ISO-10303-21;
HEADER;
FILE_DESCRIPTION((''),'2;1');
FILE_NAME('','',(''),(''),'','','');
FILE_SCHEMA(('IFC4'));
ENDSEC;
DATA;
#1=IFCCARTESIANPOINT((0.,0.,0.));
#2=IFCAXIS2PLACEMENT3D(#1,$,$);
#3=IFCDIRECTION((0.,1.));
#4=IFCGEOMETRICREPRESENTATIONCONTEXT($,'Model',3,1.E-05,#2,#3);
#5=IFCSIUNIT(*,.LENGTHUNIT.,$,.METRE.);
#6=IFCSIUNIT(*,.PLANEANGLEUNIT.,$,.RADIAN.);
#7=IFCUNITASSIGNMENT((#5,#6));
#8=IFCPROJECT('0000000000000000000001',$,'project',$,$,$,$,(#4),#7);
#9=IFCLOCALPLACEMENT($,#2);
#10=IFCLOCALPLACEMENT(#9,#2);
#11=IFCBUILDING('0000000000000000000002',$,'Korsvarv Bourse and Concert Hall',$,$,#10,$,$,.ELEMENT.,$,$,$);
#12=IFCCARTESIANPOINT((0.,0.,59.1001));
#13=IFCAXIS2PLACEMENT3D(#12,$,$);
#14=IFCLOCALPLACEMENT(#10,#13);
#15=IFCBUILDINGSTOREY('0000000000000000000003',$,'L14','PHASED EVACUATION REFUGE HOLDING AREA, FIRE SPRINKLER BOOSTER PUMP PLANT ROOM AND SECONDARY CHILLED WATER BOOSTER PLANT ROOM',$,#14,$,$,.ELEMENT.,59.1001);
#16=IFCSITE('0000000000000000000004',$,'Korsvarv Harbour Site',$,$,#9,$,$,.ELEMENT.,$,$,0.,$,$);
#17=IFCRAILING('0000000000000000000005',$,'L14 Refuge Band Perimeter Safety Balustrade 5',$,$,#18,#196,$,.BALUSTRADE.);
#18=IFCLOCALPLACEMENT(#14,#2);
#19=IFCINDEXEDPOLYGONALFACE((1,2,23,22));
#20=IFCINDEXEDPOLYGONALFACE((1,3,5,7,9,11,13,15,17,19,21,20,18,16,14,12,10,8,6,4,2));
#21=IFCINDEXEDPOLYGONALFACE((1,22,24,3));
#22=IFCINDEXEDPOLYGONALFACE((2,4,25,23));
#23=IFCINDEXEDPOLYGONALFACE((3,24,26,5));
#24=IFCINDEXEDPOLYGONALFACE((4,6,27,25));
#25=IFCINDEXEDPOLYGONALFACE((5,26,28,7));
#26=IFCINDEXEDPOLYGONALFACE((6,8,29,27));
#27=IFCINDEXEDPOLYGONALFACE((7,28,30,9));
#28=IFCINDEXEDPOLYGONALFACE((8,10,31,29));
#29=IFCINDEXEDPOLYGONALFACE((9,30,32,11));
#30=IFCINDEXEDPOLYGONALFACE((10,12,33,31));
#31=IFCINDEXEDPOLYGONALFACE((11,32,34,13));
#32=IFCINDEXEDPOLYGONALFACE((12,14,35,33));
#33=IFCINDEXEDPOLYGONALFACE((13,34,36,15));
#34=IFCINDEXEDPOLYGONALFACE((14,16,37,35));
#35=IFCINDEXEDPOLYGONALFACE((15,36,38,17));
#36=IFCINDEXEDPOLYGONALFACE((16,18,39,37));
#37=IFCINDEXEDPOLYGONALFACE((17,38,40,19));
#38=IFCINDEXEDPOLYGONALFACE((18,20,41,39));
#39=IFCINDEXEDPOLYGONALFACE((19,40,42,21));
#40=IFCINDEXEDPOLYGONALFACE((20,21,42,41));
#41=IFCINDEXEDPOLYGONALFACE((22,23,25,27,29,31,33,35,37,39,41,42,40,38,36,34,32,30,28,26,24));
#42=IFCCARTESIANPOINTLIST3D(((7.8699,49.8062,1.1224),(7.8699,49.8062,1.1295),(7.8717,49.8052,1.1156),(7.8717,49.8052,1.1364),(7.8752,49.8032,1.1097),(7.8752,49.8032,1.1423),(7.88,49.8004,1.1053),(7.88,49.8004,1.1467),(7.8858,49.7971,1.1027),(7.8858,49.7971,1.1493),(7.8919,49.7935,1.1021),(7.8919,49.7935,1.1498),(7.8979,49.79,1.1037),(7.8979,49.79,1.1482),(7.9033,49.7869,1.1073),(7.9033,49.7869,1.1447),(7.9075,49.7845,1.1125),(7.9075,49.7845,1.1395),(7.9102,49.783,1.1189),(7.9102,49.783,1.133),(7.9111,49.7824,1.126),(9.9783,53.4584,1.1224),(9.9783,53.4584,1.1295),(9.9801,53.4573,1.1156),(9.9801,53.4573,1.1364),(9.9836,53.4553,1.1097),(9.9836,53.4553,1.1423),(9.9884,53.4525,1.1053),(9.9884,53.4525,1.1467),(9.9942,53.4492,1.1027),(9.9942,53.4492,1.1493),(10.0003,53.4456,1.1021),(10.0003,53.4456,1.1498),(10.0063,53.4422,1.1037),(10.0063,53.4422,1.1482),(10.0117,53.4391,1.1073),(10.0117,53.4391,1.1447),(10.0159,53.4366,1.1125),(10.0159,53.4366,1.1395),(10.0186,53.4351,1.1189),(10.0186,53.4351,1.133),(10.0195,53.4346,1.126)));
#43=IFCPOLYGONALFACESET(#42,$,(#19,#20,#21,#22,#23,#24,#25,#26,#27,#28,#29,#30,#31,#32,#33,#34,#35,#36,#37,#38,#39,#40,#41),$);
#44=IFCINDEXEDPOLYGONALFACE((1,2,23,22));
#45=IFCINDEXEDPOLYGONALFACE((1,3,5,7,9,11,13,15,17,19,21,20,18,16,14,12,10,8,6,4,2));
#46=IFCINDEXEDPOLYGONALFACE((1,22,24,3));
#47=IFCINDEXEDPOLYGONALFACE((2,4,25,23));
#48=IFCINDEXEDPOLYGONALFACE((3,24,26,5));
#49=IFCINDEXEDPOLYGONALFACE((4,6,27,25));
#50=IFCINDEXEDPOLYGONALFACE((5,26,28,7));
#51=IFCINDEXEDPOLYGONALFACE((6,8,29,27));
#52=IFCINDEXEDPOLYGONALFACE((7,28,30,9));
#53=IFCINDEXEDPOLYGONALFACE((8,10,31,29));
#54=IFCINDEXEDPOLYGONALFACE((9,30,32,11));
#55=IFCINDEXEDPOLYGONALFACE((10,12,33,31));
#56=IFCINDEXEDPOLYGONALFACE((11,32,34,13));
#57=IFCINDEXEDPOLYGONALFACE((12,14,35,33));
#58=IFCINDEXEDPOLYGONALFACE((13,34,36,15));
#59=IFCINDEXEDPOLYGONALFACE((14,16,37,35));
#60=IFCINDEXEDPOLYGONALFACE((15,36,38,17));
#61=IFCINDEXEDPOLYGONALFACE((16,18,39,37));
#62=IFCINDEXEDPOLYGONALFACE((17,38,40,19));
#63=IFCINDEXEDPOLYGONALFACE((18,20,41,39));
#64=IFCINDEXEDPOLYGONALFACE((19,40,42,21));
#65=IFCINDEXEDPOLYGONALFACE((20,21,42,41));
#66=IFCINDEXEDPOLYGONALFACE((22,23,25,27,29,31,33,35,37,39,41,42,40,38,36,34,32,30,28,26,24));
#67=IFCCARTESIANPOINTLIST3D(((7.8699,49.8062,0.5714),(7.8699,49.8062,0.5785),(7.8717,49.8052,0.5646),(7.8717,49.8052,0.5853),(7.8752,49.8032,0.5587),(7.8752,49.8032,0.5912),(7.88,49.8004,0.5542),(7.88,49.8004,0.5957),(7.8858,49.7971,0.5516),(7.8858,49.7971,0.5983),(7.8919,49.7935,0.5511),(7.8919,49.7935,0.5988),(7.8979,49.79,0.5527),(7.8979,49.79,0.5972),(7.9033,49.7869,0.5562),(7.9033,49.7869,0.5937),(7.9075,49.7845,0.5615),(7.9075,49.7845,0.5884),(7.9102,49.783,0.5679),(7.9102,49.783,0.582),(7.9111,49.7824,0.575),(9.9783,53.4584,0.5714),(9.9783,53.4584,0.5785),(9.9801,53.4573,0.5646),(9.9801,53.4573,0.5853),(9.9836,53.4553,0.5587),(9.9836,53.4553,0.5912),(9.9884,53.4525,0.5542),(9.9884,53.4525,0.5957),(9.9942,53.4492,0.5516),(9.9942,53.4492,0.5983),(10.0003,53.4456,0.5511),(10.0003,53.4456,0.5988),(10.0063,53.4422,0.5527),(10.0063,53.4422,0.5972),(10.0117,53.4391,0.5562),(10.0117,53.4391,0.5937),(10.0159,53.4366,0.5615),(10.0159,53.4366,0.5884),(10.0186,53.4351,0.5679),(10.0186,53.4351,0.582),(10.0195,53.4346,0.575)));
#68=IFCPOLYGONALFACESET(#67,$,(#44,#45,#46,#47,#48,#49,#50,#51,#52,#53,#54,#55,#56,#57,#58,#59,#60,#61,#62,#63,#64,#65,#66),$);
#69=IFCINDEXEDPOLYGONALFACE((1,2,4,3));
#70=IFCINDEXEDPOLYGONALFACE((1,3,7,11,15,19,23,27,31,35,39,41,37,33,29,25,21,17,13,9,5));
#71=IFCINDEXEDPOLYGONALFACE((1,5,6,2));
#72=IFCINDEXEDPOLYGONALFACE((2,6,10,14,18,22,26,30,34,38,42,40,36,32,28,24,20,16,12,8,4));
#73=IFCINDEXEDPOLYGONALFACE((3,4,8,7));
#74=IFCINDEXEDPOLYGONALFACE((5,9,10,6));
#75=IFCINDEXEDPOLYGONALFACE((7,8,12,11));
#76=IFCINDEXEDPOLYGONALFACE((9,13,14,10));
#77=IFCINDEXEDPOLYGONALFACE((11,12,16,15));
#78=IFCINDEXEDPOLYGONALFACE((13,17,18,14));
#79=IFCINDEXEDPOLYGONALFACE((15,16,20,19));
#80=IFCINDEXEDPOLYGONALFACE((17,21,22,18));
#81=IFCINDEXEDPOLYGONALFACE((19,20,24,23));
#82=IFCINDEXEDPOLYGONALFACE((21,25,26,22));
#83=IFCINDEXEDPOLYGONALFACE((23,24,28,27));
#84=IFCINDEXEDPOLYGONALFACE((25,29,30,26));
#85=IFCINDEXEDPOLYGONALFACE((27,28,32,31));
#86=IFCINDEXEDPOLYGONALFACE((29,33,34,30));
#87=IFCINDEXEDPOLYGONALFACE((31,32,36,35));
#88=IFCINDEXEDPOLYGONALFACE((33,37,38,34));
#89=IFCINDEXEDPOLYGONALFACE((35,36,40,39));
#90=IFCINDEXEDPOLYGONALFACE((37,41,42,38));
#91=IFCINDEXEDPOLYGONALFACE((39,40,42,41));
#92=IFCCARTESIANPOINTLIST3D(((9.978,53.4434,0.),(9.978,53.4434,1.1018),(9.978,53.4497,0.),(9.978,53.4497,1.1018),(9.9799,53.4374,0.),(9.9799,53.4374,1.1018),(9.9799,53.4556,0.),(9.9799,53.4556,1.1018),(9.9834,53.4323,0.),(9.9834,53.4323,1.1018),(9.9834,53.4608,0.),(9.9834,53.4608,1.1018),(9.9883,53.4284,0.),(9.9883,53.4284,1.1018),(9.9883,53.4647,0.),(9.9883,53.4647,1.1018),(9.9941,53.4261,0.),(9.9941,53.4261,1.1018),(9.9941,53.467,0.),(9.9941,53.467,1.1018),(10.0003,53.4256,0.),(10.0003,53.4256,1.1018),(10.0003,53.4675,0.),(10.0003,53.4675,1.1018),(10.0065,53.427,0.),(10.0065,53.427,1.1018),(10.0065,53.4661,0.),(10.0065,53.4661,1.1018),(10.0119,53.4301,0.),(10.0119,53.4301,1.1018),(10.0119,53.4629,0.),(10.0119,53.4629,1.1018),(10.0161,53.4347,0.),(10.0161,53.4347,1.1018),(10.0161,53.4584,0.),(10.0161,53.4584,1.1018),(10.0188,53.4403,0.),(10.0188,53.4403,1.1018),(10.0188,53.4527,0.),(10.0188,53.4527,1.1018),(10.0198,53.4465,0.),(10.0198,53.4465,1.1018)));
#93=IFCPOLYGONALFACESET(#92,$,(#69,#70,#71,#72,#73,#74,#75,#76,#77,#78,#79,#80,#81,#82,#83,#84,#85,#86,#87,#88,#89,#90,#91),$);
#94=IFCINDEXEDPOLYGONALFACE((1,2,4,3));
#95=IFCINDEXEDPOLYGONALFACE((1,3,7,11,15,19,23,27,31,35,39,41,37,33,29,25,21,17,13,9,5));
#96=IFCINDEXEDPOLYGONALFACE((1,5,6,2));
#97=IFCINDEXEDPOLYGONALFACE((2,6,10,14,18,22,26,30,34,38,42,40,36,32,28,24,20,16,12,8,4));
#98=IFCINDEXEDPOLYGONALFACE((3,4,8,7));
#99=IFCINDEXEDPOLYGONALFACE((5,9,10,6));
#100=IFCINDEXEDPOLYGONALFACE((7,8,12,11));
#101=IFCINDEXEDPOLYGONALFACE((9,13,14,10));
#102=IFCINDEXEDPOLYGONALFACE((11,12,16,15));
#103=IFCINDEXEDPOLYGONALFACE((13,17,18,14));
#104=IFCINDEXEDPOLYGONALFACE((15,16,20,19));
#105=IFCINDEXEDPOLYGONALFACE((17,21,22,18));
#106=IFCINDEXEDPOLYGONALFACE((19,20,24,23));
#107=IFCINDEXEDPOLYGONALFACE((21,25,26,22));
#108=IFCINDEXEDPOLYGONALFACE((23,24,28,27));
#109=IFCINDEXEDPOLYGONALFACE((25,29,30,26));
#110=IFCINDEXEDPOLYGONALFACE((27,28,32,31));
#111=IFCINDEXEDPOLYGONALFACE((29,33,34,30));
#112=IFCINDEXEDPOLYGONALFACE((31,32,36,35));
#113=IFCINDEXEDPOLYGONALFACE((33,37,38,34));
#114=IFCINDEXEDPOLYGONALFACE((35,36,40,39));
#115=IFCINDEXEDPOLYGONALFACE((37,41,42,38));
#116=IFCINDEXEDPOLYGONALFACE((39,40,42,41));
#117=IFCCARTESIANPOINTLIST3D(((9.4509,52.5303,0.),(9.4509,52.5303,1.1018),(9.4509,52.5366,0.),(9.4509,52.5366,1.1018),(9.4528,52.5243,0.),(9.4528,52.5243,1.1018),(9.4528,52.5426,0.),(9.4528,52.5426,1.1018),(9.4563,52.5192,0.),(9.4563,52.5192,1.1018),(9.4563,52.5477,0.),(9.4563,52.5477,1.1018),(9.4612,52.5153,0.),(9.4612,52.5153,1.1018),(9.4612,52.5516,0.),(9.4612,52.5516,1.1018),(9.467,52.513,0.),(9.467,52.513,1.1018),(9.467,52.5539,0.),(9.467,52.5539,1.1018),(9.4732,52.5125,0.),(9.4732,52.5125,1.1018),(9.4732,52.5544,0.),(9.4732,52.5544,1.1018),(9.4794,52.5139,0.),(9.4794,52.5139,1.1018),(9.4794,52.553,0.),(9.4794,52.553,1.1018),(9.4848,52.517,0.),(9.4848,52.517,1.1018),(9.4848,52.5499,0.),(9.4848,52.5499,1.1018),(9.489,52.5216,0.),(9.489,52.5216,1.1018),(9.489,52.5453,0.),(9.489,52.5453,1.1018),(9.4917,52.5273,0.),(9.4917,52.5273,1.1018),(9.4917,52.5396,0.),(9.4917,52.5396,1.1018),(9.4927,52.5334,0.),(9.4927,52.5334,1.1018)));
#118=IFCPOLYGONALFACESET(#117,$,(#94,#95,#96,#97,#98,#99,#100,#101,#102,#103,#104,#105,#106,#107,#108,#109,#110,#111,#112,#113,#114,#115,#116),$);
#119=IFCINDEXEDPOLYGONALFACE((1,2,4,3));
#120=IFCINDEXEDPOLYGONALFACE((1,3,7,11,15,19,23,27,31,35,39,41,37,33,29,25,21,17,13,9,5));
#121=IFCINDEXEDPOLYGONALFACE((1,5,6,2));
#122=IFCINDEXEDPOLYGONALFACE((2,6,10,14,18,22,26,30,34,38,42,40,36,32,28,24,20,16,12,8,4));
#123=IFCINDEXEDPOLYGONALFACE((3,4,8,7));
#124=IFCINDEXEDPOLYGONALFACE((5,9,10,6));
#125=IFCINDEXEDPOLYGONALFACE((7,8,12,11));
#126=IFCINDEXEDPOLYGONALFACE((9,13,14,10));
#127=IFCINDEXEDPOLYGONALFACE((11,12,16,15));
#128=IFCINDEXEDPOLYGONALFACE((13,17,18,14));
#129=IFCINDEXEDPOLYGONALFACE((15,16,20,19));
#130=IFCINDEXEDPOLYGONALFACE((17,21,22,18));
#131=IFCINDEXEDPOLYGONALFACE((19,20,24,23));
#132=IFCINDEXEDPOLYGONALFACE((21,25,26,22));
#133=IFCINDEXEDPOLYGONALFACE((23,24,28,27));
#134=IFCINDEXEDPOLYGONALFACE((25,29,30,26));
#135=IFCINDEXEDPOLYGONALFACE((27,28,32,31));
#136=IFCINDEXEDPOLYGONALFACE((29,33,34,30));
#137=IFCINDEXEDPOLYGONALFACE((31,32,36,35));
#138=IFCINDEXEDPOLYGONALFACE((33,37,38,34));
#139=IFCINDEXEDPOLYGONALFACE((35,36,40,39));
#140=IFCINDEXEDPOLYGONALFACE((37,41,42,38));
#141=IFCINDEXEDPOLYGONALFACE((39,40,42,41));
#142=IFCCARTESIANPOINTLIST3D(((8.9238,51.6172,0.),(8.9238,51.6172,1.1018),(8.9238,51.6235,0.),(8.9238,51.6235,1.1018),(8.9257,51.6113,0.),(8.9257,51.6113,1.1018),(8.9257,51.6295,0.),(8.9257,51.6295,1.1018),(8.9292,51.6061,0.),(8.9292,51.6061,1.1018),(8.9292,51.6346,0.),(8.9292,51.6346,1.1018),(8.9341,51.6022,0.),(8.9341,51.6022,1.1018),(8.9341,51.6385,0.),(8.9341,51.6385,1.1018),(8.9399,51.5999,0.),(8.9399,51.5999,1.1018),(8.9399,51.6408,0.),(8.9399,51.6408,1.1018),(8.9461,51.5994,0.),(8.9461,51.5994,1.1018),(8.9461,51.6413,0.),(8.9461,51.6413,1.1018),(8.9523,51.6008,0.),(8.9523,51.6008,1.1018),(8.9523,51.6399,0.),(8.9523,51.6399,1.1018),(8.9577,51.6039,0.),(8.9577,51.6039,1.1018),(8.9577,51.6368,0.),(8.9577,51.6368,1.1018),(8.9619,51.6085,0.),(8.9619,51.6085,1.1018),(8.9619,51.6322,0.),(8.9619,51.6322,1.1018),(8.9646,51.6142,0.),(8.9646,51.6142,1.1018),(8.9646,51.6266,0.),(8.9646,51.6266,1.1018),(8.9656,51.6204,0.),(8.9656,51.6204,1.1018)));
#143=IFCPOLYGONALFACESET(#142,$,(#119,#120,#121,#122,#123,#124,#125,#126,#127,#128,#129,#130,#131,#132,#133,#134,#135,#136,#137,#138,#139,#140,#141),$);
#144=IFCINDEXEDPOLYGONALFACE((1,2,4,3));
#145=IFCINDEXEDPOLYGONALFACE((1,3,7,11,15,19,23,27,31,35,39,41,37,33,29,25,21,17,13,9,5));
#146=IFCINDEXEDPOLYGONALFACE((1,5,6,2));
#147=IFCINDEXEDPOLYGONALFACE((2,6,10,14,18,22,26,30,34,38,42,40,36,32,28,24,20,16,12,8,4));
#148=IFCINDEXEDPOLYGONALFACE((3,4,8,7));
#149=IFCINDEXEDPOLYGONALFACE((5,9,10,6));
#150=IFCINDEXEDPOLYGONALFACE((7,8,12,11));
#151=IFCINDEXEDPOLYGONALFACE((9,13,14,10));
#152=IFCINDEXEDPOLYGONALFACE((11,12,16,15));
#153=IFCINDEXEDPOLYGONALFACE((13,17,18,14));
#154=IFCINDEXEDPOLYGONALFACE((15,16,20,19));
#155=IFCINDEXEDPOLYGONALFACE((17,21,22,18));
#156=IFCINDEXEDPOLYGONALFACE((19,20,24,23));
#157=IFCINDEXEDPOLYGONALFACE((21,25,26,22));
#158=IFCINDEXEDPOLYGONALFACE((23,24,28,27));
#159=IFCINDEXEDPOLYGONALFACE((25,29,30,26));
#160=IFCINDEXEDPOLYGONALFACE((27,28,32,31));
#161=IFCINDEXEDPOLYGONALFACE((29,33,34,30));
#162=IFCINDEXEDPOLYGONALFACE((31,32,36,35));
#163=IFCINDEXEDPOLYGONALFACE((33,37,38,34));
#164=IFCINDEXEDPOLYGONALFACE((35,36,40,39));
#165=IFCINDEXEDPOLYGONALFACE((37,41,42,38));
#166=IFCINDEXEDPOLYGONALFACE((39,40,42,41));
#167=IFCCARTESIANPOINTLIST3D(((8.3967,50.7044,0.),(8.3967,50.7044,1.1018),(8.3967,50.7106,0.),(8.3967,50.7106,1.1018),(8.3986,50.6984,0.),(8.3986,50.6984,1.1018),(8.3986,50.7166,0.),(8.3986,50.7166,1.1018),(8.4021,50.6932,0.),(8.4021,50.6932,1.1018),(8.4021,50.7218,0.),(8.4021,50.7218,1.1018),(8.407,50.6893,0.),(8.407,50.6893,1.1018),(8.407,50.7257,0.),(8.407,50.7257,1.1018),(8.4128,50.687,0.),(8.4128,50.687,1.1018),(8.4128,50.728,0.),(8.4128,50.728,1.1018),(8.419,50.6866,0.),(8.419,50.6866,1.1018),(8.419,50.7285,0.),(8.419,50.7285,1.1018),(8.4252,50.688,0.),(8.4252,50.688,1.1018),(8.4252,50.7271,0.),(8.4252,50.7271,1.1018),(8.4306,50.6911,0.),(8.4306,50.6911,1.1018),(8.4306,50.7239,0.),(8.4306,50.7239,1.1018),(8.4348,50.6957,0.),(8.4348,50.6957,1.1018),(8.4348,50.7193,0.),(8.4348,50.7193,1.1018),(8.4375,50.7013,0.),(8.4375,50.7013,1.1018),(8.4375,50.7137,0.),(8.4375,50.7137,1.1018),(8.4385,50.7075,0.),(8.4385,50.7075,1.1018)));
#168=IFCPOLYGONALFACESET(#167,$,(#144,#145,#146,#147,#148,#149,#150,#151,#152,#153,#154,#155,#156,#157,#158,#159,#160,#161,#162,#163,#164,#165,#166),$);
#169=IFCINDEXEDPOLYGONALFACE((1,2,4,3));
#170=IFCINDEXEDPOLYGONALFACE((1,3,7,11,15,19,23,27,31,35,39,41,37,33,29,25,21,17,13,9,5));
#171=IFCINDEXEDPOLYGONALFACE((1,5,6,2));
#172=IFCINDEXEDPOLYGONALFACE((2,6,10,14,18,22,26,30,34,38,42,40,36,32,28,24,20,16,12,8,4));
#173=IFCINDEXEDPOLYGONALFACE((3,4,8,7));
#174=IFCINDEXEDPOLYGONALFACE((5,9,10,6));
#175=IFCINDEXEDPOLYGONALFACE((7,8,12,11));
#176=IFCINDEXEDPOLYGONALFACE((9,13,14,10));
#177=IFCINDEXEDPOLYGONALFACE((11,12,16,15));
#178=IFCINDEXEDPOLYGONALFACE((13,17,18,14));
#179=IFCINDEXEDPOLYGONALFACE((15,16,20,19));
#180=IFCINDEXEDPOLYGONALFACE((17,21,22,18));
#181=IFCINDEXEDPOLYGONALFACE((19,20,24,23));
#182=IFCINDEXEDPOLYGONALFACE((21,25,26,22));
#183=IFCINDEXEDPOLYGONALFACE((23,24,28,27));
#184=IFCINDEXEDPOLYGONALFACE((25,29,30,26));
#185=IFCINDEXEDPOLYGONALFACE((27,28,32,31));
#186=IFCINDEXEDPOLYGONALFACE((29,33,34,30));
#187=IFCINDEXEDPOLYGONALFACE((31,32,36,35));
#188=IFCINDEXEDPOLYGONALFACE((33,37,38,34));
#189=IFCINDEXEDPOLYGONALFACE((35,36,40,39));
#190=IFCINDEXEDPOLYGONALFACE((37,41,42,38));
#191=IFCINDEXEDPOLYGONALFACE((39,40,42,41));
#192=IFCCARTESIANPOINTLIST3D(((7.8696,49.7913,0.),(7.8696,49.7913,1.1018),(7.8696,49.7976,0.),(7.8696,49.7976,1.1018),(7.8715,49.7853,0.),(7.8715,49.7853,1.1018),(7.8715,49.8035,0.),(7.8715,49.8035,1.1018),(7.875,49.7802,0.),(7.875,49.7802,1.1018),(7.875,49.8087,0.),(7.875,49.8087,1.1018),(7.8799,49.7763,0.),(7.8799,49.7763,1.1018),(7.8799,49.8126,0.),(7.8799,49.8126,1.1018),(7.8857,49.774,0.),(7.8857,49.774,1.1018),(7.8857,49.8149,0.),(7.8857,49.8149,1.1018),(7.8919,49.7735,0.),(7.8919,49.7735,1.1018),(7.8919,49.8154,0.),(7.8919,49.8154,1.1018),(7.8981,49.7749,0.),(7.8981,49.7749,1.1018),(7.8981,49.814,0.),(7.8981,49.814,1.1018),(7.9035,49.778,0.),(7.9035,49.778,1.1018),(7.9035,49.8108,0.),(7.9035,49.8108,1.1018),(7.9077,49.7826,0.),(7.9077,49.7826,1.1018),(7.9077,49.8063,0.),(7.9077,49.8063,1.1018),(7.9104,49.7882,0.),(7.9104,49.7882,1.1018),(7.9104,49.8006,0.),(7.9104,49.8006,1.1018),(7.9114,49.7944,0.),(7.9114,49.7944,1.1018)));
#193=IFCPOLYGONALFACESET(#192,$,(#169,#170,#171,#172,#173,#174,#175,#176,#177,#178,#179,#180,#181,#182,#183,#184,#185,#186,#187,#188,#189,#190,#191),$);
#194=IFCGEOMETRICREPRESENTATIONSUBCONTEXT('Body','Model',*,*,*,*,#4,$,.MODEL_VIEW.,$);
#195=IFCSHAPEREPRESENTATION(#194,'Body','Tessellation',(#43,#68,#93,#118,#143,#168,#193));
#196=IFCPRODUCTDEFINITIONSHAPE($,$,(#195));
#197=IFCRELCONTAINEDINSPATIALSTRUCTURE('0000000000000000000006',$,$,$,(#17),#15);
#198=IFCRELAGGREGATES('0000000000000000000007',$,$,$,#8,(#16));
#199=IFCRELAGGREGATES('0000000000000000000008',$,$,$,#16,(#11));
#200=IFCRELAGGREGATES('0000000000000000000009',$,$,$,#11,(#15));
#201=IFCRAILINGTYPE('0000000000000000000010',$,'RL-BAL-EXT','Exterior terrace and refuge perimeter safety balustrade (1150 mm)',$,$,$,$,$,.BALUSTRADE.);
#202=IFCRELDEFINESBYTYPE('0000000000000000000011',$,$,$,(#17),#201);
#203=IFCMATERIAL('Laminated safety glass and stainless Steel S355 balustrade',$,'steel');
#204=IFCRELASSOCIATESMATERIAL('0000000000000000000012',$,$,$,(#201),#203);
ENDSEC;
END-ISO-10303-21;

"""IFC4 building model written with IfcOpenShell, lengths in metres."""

from ifc_helpers import new_model, si_unit, direction, frame, origin, origin_2d, place, context, subcontext, project, spatial, circle, extrude, material, type_object, element, save


model = new_model("IFC4")

# Units and contexts
model_context = context("Model", 3, precision=1e-05, world=origin(), true_north=direction((0.0, 1.0)))
body_context = subcontext(model_context, "Body", "Model", "MODEL_VIEW")
ifc_project = project(units=[si_unit("LENGTHUNIT", "METRE"), si_unit("PLANEANGLEUNIT", "RADIAN")], contexts=[model_context])

# Site, building, storey
site_placement = place(None, origin())
site = spatial("IfcSite", under=ifc_project, at=site_placement, Name="Korsvarv Harbour Site", CompositionType="ELEMENT", RefElevation=0.0)
building_placement = place(site_placement, origin())
building = spatial("IfcBuilding", under=site, at=building_placement, Name="Korsvarv Bourse and Concert Hall", CompositionType="ELEMENT")
storey_placement = place(building_placement, frame((0.0, 0.0, 59.1001)))
storey = spatial("IfcBuildingStorey", under=building, at=storey_placement, Name="L14", Description="PHASED EVACUATION REFUGE HOLDING AREA, FIRE SPRINKLER BOOSTER PUMP PLANT ROOM AND SECONDARY CHILLED WATER BOOSTER PLANT ROOM", CompositionType="ELEMENT", Elevation=59.1001)

# Railing
ifc_material_1 = material(Name="Laminated safety glass and stainless Steel S355 balustrade", Category="steel")
railing_type = type_object("IfcRailingType", Name="RL-BAL-EXT", Description="Exterior terrace and refuge perimeter safety balustrade (1150 mm)", PredefinedType="BALUSTRADE", material=ifc_material_1)
railing_placement = place(storey_placement, frame((9.9988, 53.4465, 0.0)))
element("IfcRailing", 1, at=railing_placement, inside=storey, type_object=railing_type, Name="L14 Refuge Band Perimeter Safety Balustrade 5", PredefinedType="BALUSTRADE", context=body_context, shape_type="SweptSolid", body=[
    extrude(circle(Radius=0.0239, at=origin_2d()), frame((0.0, 0.0, 1.126), z_axis=(-0.499975, -0.86604, 0.0), x_axis=(0.86604, -0.499975, 0.0)), (0.0, 0.0, 1.0), 4.217),
    extrude(circle(Radius=0.0239, at=origin_2d()), frame((0.0, 0.0, 0.575), z_axis=(-0.499975, -0.86604, 0.0), x_axis=(0.86604, -0.499975, 0.0)), (0.0, 0.0, 1.0), 4.217),
    extrude(circle(Radius=0.021, at=origin_2d()), origin(), (0.0, 0.0, 1.0), 1.1018),
    extrude(circle(Radius=0.021, at=origin_2d()), frame((-0.5271, -0.9131, 0.0)), (0.0, 0.0, 1.0), 1.1018),
    extrude(circle(Radius=0.021, at=origin_2d()), frame((-1.0542, -1.8262, 0.0)), (0.0, 0.0, 1.0), 1.1018),
    extrude(circle(Radius=0.021, at=origin_2d()), frame((-1.5813, -2.739, 0.0)), (0.0, 0.0, 1.0), 1.1018),
    extrude(circle(Radius=0.021, at=origin_2d()), frame((-2.1084, -3.6521, 0.0)), (0.0, 0.0, 1.0), 1.1018),
])

save(model, "model.ifc")
